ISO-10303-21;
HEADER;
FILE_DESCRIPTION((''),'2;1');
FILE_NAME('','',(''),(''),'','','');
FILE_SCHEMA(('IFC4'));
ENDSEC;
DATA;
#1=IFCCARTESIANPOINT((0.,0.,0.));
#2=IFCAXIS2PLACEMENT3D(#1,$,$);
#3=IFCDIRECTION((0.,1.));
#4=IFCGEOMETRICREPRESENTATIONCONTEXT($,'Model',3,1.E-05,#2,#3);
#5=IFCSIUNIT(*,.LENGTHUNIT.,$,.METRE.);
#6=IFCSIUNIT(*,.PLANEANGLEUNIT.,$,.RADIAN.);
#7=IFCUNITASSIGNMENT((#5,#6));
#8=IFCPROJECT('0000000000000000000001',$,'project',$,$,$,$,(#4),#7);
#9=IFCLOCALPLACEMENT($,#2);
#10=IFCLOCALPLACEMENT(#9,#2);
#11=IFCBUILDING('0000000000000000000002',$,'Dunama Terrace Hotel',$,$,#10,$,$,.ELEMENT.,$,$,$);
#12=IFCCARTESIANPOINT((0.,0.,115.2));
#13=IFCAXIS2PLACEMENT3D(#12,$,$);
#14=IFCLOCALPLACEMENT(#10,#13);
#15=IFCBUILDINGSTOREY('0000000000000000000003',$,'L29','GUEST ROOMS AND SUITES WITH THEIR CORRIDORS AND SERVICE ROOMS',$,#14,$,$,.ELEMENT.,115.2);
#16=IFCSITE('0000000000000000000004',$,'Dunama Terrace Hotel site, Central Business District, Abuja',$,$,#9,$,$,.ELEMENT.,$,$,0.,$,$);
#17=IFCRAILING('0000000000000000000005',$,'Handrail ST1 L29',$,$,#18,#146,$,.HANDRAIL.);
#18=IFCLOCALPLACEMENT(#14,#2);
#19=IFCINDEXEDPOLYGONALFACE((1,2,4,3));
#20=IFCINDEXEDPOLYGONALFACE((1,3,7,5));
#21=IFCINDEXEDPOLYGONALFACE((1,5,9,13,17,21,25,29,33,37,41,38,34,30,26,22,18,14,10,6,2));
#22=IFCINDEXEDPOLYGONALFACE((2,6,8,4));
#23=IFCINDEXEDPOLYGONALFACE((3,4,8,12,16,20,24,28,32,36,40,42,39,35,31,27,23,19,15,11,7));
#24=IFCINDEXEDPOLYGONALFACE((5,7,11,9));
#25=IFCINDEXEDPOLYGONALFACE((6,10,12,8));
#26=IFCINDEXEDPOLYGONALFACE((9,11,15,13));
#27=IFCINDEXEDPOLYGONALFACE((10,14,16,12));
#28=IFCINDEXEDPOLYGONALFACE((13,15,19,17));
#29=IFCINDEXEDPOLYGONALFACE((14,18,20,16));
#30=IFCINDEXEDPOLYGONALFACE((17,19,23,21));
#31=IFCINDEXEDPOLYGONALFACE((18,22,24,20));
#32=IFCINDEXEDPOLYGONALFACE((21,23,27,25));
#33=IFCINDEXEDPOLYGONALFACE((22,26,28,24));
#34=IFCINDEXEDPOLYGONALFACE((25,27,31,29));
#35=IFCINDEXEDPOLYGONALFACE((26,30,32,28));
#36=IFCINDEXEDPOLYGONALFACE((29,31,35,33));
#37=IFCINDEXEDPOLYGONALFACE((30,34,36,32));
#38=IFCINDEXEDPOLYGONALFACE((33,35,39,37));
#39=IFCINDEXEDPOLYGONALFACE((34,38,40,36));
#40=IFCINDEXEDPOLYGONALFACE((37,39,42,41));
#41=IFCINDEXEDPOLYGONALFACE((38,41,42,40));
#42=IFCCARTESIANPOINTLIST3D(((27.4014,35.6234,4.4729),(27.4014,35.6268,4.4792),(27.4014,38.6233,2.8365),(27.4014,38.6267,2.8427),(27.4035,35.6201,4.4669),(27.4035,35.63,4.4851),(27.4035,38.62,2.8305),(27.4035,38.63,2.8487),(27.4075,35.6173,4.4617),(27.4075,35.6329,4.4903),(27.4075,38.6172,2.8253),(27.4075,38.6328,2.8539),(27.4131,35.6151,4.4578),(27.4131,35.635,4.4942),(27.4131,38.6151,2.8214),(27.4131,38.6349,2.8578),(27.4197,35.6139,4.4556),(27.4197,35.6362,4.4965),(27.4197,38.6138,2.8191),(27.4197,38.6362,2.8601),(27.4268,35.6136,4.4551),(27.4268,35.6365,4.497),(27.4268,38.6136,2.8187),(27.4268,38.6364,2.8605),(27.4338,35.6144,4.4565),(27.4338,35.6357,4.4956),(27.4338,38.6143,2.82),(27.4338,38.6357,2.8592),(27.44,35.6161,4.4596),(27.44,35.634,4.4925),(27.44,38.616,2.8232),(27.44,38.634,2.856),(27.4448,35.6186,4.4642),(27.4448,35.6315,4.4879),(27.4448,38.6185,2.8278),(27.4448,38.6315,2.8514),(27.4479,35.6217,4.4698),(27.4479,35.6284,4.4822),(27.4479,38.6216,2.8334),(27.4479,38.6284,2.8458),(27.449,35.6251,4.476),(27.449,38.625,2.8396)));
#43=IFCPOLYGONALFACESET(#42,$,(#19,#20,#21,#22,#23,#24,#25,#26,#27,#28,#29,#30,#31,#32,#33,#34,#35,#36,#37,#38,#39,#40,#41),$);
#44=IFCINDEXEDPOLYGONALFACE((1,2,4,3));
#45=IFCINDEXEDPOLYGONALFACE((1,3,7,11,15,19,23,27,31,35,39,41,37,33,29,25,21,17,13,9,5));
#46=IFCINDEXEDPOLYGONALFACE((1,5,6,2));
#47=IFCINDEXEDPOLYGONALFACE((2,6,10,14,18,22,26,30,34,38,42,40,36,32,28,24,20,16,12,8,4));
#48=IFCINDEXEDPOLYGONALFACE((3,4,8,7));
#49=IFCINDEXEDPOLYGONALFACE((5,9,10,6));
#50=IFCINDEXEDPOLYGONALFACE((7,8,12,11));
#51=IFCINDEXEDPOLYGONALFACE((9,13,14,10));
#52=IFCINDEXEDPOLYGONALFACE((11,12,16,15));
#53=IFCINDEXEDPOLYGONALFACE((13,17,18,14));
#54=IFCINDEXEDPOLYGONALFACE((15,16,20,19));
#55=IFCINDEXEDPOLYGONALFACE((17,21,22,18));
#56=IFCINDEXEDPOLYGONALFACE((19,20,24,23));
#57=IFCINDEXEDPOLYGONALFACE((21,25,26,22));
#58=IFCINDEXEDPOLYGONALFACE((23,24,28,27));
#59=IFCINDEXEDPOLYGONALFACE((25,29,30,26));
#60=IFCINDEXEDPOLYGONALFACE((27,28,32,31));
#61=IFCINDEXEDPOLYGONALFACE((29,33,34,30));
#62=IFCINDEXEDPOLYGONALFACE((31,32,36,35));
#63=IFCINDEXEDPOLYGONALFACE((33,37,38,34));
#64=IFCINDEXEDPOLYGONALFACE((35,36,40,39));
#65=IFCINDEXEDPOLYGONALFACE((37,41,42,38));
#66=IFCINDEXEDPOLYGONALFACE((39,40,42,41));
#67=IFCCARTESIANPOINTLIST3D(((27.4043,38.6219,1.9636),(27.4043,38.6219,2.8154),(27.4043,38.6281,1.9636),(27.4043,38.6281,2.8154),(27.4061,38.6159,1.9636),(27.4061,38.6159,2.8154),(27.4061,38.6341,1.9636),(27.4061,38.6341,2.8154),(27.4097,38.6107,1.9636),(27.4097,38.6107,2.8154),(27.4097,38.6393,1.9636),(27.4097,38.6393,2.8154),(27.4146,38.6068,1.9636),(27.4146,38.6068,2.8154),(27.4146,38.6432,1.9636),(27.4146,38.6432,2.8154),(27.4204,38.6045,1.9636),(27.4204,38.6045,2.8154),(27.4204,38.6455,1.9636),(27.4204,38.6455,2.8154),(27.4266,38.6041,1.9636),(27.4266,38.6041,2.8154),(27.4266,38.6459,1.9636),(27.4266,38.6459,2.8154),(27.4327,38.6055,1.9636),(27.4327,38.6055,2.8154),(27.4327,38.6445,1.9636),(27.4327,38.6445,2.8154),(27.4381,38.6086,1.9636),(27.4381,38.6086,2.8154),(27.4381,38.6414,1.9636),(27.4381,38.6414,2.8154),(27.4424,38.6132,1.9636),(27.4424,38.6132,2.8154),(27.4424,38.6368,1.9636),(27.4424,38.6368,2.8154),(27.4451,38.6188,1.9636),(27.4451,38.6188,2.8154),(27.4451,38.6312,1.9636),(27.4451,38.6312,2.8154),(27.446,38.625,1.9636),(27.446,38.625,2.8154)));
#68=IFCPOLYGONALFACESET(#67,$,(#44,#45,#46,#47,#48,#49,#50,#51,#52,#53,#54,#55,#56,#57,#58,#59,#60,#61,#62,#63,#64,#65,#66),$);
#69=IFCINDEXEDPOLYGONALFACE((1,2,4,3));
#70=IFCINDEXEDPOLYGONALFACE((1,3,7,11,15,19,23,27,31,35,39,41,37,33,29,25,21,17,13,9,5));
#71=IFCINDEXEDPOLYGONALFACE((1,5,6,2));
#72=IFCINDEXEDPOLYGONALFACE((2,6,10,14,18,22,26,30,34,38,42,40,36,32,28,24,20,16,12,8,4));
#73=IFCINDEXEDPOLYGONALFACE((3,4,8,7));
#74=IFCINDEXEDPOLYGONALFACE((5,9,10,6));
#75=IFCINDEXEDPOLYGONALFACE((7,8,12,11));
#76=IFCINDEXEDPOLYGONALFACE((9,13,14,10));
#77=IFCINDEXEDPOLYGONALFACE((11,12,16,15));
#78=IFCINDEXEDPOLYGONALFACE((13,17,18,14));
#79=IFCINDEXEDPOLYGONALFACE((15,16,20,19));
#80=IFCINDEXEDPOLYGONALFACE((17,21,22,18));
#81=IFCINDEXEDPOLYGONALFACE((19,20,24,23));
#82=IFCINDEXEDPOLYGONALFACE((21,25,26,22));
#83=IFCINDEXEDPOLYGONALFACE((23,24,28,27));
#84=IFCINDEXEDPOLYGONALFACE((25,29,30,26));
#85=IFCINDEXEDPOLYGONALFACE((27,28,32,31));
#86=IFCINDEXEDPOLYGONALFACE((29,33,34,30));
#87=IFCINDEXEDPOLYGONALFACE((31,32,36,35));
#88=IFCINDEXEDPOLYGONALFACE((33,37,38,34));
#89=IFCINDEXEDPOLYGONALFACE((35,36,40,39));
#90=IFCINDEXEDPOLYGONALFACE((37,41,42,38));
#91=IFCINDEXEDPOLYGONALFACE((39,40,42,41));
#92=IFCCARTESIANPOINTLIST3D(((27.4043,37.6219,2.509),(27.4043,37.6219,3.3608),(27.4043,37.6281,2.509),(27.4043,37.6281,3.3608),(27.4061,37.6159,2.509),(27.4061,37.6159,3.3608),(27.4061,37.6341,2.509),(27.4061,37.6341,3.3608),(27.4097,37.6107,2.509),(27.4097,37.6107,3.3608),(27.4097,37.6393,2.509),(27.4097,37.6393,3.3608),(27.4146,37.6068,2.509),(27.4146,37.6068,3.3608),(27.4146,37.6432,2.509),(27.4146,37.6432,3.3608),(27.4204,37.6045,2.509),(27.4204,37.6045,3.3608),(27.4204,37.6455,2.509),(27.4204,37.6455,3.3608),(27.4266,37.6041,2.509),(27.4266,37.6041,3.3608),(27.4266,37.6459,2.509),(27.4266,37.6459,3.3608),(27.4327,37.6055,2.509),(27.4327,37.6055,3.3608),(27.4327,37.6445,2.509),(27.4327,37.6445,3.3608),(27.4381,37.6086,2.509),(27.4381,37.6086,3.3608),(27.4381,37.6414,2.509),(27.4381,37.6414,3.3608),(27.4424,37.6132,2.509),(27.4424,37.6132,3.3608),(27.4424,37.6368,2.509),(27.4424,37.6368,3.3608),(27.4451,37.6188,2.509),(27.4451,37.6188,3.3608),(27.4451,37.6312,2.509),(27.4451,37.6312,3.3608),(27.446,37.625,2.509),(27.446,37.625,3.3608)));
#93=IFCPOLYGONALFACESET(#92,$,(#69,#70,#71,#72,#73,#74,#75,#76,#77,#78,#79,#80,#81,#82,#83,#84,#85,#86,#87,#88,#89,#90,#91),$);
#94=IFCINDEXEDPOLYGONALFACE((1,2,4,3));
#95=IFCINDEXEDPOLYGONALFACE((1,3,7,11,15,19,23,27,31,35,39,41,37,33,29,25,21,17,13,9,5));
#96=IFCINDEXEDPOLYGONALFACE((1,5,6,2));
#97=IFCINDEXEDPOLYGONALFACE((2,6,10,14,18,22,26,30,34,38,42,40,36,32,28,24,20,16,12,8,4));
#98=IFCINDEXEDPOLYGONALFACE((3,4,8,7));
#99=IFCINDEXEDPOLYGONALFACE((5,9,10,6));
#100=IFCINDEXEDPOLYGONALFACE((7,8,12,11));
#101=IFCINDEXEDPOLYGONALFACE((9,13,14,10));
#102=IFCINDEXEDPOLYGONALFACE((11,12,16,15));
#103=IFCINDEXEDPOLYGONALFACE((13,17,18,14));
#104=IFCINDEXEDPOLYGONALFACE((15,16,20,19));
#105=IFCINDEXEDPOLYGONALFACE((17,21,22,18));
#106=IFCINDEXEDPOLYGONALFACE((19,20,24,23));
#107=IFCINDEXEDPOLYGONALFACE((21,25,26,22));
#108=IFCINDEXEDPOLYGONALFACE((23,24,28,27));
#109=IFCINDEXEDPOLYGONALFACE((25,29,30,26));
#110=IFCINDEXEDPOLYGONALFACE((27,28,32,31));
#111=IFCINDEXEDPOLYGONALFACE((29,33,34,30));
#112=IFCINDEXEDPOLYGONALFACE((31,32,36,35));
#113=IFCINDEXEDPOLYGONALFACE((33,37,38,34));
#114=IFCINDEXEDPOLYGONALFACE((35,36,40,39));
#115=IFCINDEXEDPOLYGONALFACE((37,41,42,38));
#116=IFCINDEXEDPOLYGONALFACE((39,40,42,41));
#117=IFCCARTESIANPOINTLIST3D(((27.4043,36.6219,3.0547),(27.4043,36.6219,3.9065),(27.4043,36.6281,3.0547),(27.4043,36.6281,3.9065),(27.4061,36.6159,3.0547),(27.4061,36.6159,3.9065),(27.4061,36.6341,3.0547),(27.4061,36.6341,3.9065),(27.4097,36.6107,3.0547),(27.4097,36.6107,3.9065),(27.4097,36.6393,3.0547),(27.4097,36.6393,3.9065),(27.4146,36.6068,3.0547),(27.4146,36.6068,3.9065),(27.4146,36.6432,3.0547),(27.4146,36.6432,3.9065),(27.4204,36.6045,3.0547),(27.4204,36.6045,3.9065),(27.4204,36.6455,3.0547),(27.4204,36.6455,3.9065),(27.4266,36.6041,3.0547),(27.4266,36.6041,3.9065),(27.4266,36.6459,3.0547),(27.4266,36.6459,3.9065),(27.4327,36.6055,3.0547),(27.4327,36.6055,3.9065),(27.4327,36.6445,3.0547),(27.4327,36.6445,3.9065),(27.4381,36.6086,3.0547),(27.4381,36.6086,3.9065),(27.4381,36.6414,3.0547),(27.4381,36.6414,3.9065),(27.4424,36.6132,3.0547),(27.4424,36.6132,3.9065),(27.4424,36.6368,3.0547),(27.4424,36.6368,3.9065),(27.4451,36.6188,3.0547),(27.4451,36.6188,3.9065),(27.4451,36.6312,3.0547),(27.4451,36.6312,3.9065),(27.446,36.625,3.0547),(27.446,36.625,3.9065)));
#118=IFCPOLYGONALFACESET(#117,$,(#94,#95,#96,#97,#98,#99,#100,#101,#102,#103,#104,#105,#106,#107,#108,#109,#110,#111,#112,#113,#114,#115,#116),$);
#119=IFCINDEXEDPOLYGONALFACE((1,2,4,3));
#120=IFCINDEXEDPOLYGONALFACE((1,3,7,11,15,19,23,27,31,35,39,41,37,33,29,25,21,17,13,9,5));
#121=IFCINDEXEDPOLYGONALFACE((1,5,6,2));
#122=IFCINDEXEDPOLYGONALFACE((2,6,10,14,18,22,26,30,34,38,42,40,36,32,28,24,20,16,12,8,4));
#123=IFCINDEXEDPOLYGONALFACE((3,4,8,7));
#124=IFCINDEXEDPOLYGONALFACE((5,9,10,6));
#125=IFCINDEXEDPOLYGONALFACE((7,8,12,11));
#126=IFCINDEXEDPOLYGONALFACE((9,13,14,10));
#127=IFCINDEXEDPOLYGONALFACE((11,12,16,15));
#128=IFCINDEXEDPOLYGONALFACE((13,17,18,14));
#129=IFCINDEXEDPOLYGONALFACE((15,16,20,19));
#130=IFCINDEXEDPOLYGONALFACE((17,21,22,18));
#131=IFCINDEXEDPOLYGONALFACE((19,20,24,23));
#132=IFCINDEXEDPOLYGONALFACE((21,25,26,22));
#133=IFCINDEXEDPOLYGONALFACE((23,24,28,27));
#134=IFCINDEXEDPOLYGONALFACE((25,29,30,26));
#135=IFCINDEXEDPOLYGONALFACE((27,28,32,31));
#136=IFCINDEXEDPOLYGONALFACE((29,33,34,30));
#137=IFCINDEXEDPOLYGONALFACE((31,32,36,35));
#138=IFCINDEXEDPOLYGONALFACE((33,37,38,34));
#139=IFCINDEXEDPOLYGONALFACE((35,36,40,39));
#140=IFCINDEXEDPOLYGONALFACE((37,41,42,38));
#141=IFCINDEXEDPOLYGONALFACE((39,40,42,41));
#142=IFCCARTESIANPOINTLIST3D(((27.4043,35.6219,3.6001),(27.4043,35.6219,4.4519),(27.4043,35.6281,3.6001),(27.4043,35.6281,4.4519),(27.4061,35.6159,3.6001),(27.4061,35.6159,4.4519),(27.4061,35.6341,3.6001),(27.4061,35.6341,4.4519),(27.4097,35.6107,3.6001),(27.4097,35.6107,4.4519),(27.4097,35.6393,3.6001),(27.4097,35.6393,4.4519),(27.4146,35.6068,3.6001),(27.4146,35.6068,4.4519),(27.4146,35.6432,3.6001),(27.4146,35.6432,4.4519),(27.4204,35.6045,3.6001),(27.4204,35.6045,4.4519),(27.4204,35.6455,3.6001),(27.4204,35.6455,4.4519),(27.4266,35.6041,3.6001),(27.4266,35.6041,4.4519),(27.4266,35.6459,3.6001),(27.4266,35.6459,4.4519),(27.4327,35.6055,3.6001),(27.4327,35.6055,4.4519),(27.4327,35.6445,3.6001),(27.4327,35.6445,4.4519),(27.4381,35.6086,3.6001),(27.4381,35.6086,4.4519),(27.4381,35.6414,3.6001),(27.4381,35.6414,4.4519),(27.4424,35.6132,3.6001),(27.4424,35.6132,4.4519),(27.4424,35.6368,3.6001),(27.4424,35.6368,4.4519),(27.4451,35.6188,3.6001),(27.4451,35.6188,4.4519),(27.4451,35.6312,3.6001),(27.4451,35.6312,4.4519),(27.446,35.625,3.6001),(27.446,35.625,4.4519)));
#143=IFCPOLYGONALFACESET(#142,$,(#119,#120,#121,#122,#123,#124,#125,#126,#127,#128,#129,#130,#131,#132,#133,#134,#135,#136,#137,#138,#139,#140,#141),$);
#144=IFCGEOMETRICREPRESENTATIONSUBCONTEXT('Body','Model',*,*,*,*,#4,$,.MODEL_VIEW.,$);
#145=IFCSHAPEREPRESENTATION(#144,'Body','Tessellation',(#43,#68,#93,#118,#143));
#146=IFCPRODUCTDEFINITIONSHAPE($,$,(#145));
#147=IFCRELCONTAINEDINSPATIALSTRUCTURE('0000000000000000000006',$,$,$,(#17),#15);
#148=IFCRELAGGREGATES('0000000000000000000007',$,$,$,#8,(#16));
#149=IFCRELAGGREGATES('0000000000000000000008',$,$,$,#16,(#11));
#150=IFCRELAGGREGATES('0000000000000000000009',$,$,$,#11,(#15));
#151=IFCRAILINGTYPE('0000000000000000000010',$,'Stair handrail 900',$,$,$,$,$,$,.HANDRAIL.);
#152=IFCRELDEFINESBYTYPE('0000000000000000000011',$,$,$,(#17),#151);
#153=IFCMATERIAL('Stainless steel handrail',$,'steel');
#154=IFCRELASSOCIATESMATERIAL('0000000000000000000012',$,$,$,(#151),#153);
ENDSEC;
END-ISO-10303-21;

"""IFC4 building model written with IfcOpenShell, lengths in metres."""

from ifc_helpers import new_model, si_unit, direction, frame, origin, origin_2d, place, context, subcontext, project, spatial, circle, extrude, material, type_object, element, save


model = new_model("IFC4")

# Units and contexts
model_context = context("Model", 3, precision=1e-05, world=origin(), true_north=direction((0.0, 1.0)))
body_context = subcontext(model_context, "Body", "Model", "MODEL_VIEW")
ifc_project = project(units=[si_unit("LENGTHUNIT", "METRE"), si_unit("PLANEANGLEUNIT", "RADIAN")], contexts=[model_context])

# Site, building, storey
site_placement = place(None, origin())
site = spatial("IfcSite", under=ifc_project, at=site_placement, Name="Dunama Terrace Hotel site, Central Business District, Abuja", CompositionType="ELEMENT", RefElevation=0.0)
building_placement = place(site_placement, origin())
building = spatial("IfcBuilding", under=site, at=building_placement, Name="Dunama Terrace Hotel", CompositionType="ELEMENT")
storey_placement = place(building_placement, frame((0.0, 0.0, 115.2)))
storey = spatial("IfcBuildingStorey", under=building, at=storey_placement, Name="L29", Description="GUEST ROOMS AND SUITES WITH THEIR CORRIDORS AND SERVICE ROOMS", CompositionType="ELEMENT", Elevation=115.2)

# Railing
ifc_material_1 = material(Name="Stainless steel handrail", Category="steel")
railing_type = type_object("IfcRailingType", Name="Stair handrail 900", PredefinedType="HANDRAIL", material=ifc_material_1)
railing_1_placement = place(storey_placement, frame((27.425, 38.625, 1.9636)))
element("IfcRailing", 1, at=railing_1_placement, inside=storey, type_object=railing_type, Name="Handrail ST1 L29", PredefinedType="HANDRAIL", context=body_context, shape_type="SweptSolid", body=[
    extrude(circle(Radius=0.0239, at=origin_2d()), frame((0.0, 0.0, 0.876), z_axis=(0.0, -0.877882, 0.478877), x_axis=(1.0, 0.0, 0.0)), (0.0, 0.0, 1.0), 3.4172),
    extrude(circle(Radius=0.021, at=origin_2d()), origin(), (0.0, 0.0, 1.0), 0.8518),
    extrude(circle(Radius=0.021, at=origin_2d()), frame((0.0, -1.0, 0.5454)), (0.0, 0.0, 1.0), 0.8518),
    extrude(circle(Radius=0.021, at=origin_2d()), frame((0.0, -2.0, 1.0911)), (0.0, 0.0, 1.0), 0.8518),
    extrude(circle(Radius=0.021, at=origin_2d()), frame((0.0, -3.0, 1.6365)), (0.0, 0.0, 1.0), 0.8518),
])

save(model, "model.ifc")
